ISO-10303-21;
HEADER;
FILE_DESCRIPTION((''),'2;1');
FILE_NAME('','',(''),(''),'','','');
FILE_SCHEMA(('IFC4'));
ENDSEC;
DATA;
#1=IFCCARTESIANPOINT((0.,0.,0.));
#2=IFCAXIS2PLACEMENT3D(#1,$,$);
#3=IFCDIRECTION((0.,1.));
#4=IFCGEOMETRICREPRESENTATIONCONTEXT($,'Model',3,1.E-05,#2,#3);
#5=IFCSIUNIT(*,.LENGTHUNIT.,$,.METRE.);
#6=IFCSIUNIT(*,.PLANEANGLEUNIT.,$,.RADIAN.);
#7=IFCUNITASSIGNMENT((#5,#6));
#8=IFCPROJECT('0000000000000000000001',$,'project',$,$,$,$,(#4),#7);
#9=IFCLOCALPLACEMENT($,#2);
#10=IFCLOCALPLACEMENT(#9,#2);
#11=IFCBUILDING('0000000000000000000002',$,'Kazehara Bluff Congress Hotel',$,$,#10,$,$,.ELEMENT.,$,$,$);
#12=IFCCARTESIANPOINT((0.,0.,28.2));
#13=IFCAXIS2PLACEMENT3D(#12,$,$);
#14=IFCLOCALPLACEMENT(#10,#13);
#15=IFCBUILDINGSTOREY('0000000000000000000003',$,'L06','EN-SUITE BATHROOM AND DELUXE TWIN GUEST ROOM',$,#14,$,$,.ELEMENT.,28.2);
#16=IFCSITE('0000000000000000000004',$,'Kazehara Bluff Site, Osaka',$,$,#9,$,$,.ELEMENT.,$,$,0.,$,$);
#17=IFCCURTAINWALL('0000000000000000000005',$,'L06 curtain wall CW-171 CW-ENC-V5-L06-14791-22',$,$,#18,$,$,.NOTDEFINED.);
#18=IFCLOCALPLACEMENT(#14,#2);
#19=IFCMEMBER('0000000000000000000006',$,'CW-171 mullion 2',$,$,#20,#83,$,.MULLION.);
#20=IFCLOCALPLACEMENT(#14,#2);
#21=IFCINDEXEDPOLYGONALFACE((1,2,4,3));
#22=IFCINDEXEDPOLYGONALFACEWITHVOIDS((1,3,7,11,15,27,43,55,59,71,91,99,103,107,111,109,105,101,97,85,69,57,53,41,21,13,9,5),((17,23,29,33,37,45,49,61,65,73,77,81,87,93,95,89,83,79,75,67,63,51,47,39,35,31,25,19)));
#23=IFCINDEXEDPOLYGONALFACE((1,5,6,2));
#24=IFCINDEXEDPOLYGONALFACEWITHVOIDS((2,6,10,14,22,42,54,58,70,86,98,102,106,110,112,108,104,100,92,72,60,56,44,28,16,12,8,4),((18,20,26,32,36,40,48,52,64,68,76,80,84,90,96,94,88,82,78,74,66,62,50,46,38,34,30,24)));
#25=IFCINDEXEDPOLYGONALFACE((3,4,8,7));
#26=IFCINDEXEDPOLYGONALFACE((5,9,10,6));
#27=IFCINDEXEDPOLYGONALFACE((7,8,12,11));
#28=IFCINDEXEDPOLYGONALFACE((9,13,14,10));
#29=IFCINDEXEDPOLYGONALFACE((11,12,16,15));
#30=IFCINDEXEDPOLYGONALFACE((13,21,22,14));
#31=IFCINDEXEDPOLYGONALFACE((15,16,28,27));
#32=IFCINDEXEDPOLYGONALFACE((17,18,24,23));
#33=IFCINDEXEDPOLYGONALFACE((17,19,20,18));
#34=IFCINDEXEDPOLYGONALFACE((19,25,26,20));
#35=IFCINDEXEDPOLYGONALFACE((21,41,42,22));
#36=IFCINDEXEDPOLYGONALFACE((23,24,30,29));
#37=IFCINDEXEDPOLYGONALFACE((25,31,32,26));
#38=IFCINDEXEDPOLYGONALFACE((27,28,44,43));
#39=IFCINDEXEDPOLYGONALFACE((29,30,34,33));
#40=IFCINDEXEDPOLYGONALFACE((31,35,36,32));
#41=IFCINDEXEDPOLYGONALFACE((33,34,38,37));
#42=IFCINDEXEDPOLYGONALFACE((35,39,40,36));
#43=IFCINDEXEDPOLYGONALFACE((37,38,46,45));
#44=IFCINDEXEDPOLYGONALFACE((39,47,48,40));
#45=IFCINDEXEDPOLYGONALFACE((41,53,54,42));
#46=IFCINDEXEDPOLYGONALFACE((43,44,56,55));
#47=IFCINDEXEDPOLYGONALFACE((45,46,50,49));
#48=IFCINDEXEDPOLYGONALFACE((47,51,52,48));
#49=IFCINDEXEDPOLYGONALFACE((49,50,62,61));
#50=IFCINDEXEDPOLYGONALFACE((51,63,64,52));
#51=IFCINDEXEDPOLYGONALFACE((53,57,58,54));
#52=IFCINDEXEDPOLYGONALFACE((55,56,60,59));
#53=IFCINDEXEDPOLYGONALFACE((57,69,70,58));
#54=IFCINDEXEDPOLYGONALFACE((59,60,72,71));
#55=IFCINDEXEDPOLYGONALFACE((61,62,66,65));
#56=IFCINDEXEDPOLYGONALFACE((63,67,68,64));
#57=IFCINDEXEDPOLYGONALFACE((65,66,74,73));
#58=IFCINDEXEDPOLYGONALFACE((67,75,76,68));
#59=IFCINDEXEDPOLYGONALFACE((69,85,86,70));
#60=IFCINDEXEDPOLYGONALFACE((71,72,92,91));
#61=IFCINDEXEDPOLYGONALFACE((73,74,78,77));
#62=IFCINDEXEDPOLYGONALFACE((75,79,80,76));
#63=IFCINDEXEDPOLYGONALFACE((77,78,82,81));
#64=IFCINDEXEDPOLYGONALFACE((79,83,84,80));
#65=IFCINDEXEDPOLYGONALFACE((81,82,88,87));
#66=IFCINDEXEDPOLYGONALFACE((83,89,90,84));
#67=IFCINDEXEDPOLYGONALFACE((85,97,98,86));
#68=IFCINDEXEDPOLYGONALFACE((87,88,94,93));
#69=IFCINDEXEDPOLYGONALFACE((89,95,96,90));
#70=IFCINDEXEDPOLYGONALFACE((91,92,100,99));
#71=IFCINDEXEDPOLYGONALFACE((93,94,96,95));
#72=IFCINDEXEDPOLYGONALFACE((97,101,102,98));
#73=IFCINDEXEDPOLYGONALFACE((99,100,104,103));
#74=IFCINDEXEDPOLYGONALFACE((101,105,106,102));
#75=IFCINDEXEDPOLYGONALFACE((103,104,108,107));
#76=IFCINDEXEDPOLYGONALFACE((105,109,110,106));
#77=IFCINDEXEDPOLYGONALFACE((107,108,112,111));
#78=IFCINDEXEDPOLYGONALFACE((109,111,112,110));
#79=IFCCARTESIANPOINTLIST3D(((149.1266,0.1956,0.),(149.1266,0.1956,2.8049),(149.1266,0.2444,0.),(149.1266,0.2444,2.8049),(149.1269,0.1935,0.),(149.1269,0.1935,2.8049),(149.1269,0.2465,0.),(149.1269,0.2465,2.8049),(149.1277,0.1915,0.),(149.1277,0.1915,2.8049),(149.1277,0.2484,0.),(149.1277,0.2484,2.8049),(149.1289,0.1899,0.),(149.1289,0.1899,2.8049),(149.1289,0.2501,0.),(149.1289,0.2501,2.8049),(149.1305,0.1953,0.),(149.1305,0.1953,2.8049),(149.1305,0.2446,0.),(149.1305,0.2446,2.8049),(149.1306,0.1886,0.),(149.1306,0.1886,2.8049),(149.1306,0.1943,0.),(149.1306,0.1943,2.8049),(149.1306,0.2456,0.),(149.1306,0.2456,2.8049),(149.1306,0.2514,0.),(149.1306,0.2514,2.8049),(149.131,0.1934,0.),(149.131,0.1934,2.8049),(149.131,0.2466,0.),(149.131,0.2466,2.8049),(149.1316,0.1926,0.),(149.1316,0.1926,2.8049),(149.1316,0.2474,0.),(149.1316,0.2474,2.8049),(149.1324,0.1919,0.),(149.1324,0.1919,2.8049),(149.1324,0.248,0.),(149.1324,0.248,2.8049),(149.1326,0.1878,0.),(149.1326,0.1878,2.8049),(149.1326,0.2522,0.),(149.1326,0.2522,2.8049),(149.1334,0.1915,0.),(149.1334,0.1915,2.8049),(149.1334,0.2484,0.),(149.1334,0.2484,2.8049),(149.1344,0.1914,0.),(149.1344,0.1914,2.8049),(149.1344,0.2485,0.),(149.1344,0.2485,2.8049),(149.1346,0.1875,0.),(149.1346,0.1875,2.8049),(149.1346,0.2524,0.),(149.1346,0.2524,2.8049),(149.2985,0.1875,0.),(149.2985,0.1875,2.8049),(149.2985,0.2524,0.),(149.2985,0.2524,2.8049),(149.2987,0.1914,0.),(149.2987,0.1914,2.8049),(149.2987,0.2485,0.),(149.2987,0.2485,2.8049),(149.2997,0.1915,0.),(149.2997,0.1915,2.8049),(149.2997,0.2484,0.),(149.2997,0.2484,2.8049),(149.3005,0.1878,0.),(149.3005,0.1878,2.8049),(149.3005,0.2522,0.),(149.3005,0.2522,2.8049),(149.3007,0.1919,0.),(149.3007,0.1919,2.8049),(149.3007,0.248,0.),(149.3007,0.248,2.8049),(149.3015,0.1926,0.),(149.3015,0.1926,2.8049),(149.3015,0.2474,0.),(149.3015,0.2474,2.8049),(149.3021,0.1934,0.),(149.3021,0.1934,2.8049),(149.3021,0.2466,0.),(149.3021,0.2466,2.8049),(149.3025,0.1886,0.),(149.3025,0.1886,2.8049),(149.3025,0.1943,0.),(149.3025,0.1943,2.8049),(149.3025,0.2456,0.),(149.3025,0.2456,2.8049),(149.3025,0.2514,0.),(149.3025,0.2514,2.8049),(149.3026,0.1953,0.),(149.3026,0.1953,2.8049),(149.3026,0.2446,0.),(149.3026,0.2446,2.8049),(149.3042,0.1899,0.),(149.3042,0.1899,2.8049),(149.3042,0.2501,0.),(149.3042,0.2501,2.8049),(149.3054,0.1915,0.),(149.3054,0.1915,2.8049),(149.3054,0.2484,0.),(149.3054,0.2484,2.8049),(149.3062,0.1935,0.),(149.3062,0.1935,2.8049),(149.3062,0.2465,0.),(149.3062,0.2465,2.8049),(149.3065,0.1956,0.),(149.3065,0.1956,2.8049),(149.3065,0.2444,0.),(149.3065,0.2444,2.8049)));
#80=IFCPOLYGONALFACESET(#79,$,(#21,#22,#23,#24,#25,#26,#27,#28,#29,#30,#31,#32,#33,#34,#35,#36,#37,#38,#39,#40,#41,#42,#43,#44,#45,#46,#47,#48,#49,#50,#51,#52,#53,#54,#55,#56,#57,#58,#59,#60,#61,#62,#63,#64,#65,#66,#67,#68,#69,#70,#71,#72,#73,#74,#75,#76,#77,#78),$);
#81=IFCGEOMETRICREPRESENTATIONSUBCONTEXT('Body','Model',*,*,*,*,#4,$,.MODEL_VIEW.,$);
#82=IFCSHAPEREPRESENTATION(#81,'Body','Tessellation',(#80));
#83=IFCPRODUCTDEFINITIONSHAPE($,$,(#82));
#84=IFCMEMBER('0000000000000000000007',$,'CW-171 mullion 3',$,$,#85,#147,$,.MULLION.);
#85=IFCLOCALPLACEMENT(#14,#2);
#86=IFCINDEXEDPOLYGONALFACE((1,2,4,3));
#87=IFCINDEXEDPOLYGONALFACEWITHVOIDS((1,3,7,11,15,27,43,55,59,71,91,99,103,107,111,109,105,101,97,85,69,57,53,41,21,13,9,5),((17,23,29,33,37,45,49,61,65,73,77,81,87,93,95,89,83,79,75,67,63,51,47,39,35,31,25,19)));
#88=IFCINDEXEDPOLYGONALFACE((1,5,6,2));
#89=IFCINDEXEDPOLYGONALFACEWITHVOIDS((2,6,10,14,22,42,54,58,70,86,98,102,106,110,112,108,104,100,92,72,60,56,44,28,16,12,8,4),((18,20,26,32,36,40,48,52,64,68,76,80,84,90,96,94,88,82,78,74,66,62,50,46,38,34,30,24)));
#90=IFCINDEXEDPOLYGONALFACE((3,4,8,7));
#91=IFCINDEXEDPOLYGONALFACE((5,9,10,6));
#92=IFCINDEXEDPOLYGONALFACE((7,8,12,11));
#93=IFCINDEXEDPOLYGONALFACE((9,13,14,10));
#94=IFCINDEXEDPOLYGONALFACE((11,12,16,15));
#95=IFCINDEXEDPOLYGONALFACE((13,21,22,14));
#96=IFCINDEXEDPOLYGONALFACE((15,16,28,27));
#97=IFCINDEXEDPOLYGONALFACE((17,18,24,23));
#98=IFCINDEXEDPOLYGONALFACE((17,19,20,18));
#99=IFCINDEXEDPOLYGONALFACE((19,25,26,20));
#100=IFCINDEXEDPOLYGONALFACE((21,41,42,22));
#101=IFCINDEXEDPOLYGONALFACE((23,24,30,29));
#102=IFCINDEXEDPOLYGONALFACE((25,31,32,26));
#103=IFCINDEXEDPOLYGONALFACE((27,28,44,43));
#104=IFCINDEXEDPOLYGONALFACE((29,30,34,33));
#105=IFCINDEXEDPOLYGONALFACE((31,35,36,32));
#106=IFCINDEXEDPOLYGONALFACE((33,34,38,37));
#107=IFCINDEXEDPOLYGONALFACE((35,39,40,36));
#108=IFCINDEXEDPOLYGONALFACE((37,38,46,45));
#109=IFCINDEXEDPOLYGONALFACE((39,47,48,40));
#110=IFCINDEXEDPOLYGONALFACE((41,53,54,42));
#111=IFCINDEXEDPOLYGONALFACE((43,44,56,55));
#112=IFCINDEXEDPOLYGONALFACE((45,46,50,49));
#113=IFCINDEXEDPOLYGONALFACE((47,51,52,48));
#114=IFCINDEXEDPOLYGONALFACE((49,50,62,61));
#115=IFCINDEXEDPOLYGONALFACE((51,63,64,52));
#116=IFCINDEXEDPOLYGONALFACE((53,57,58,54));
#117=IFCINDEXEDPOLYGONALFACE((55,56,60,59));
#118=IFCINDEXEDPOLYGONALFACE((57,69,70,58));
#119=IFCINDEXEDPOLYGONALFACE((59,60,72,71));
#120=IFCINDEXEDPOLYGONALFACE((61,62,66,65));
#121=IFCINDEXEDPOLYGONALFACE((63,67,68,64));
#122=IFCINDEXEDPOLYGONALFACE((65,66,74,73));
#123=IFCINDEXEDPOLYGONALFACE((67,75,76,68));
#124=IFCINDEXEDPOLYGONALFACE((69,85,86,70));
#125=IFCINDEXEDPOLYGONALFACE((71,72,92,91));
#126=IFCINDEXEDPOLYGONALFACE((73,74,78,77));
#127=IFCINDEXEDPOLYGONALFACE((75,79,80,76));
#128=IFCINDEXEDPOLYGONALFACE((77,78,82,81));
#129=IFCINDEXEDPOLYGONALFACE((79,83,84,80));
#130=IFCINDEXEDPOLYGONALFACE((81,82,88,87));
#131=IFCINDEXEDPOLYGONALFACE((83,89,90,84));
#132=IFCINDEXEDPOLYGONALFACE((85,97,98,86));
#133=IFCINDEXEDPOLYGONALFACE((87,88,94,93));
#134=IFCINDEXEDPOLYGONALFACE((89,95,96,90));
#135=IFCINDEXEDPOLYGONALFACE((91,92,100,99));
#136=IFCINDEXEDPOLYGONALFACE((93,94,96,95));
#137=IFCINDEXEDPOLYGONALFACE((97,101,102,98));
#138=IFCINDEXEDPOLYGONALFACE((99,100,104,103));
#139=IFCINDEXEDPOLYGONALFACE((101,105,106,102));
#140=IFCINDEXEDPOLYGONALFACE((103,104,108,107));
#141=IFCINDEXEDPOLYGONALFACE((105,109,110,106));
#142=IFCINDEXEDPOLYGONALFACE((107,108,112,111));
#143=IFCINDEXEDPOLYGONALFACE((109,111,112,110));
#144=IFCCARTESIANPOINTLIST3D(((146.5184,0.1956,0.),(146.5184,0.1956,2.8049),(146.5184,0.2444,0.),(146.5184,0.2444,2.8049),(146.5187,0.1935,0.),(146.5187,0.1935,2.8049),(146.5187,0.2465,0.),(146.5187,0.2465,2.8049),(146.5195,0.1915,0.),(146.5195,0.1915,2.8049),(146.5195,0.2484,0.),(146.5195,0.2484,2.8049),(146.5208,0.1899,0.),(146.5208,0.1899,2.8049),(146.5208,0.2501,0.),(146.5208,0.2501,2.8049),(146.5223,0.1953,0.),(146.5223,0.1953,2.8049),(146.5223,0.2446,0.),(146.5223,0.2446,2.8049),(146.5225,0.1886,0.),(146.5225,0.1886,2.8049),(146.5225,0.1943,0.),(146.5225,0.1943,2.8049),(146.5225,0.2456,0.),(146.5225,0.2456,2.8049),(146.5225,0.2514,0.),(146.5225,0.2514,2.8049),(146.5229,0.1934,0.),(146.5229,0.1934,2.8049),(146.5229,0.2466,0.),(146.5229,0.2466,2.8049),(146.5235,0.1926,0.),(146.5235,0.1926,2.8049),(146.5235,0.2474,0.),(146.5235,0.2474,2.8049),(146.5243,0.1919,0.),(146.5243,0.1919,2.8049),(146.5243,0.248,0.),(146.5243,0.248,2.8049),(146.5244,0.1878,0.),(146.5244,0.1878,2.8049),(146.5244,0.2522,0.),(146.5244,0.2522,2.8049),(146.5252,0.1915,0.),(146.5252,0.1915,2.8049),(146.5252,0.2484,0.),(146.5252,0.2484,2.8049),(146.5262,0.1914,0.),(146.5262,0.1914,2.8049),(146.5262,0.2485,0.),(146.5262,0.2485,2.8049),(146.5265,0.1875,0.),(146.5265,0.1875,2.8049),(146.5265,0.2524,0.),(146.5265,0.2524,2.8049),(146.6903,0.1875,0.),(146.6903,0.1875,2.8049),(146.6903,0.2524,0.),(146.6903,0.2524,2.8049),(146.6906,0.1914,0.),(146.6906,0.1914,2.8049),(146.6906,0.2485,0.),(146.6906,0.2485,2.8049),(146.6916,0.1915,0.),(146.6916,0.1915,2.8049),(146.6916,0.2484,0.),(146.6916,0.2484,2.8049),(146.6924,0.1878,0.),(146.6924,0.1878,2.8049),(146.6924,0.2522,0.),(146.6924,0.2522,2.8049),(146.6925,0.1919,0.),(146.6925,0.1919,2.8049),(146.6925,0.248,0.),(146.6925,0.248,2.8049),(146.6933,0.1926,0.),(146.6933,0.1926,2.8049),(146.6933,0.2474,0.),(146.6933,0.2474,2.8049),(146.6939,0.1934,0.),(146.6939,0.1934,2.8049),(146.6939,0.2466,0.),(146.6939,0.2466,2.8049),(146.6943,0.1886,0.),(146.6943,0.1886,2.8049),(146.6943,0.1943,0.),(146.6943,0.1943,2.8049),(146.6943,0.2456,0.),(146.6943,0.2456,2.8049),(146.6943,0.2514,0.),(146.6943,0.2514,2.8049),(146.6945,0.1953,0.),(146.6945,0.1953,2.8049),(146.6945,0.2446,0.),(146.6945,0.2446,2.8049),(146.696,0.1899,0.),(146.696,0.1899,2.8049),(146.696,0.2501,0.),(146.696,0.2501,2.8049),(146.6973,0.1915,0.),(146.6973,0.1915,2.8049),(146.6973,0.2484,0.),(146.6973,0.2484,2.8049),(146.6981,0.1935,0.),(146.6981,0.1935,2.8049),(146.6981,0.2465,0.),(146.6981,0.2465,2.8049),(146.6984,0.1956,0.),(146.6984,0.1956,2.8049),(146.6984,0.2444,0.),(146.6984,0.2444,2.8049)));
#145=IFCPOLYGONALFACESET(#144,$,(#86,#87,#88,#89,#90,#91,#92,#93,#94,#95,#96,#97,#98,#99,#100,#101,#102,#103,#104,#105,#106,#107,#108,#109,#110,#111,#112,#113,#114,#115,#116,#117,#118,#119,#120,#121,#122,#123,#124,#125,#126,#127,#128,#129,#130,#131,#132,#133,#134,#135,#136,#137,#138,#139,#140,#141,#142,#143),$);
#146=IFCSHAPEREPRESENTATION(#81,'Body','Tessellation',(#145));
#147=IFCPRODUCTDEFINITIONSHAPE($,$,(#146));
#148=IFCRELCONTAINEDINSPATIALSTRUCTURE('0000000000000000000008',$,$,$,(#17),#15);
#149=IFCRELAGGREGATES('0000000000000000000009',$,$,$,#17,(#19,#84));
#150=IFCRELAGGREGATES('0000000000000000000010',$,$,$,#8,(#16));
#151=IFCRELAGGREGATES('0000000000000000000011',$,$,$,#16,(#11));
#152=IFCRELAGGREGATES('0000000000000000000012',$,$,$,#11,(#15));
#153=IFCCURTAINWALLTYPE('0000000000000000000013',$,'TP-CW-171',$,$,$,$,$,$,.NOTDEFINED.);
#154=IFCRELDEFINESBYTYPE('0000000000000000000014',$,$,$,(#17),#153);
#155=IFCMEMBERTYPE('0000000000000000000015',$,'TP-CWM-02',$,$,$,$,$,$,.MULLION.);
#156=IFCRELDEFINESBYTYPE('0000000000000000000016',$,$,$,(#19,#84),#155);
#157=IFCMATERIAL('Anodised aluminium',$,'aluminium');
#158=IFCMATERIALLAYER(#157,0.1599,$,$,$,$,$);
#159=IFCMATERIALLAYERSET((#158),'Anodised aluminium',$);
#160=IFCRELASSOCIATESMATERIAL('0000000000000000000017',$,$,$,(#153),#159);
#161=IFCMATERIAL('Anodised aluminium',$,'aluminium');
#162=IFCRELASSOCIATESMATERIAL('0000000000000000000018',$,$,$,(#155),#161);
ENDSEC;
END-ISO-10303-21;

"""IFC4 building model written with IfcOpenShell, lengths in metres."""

from ifc_helpers import new_model, si_unit, direction, frame, origin, origin_2d, place, context, subcontext, project, spatial, hollow_rectangle, extrude, material, layer, layer_set, material_profile, profile_set, type_object, element, aggregate, save


model = new_model("IFC4")

# Units and contexts
model_context = context("Model", 3, precision=1e-05, world=origin(), true_north=direction((0.0, 1.0)))
body_context = subcontext(model_context, "Body", "Model", "MODEL_VIEW")
ifc_project = project(units=[si_unit("LENGTHUNIT", "METRE"), si_unit("PLANEANGLEUNIT", "RADIAN")], contexts=[model_context])

# Site, building, storey
site_placement = place(None, origin())
site = spatial("IfcSite", under=ifc_project, at=site_placement, Name="Kazehara Bluff Site, Osaka", CompositionType="ELEMENT", RefElevation=0.0)
building_placement = place(site_placement, origin())
building = spatial("IfcBuilding", under=site, at=building_placement, Name="Kazehara Bluff Congress Hotel", CompositionType="ELEMENT")
storey_placement = place(building_placement, frame((0.0, 0.0, 28.2)))
storey = spatial("IfcBuildingStorey", under=building, at=storey_placement, Name="L06", Description="EN-SUITE BATHROOM AND DELUXE TWIN GUEST ROOM", CompositionType="ELEMENT", Elevation=28.2)

# Curtain wall, members
ifc_material_1 = material(Name="Anodised aluminium", Category="aluminium")
ifc_layer_1 = layer(ifc_material_1, 0.1599)
ifc_layer_set_1 = layer_set([ifc_layer_1], Name="Anodised aluminium")
curtain_wall_type = type_object("IfcCurtainWallType", Name="TP-CW-171", PredefinedType="NOTDEFINED", material=ifc_layer_set_1)
curtain_wall_placement = place(storey_placement, origin())
curtain_wall = element("IfcCurtainWall", 1, at=curtain_wall_placement, inside=storey, type_object=curtain_wall_type, Name="L06 curtain wall CW-171 CW-ENC-V5-L06-14791-22", PredefinedType="NOTDEFINED")
ifc_material_2 = material(Name="Anodised aluminium", Category="aluminium")
ifc_material_profile_1 = material_profile(ifc_material_2, hollow_rectangle(XDim=0.0649, YDim=0.1799, WallThickness=0.0039, InnerFilletRadius=0.0039, OuterFilletRadius=0.0081, at=origin_2d()))
ifc_profile_set_1 = profile_set([ifc_material_profile_1], Name="Anodised aluminium")
member_type_1 = type_object("IfcMemberType", Name="TP-CWM-02", PredefinedType="MULLION", material=ifc_profile_set_1)
member_1_placement = place(storey_placement, frame((149.2166, 0.22, 0.0), z_axis=(0.0, 0.0, 1.0), x_axis=(0.0, -1.0, 0.0)))
member_1 = element("IfcMember", 2, at=member_1_placement, type_object=member_type_1, Name="CW-171 mullion 2", PredefinedType="MULLION", context=body_context, shape_type="SweptSolid", body=[
    extrude(hollow_rectangle(XDim=0.0649, YDim=0.1799, WallThickness=0.0039, InnerFilletRadius=0.0039, OuterFilletRadius=0.0081, at=origin_2d()), origin(), (0.0, 0.0, 1.0), 2.8049),
])
member_2_placement = place(storey_placement, frame((146.6084, 0.22, 0.0), z_axis=(0.0, 0.0, 1.0), x_axis=(0.0, -1.0, 0.0)))
member_2 = element("IfcMember", 3, at=member_2_placement, type_object=member_type_1, Name="CW-171 mullion 3", PredefinedType="MULLION", context=body_context, shape_type="SweptSolid", body=[
    extrude(hollow_rectangle(XDim=0.0649, YDim=0.1799, WallThickness=0.0039, InnerFilletRadius=0.0039, OuterFilletRadius=0.0081, at=origin_2d()), origin(), (0.0, 0.0, 1.0), 2.8049),
])
aggregate(curtain_wall, [member_1, member_2])

save(model, "model.ifc")
